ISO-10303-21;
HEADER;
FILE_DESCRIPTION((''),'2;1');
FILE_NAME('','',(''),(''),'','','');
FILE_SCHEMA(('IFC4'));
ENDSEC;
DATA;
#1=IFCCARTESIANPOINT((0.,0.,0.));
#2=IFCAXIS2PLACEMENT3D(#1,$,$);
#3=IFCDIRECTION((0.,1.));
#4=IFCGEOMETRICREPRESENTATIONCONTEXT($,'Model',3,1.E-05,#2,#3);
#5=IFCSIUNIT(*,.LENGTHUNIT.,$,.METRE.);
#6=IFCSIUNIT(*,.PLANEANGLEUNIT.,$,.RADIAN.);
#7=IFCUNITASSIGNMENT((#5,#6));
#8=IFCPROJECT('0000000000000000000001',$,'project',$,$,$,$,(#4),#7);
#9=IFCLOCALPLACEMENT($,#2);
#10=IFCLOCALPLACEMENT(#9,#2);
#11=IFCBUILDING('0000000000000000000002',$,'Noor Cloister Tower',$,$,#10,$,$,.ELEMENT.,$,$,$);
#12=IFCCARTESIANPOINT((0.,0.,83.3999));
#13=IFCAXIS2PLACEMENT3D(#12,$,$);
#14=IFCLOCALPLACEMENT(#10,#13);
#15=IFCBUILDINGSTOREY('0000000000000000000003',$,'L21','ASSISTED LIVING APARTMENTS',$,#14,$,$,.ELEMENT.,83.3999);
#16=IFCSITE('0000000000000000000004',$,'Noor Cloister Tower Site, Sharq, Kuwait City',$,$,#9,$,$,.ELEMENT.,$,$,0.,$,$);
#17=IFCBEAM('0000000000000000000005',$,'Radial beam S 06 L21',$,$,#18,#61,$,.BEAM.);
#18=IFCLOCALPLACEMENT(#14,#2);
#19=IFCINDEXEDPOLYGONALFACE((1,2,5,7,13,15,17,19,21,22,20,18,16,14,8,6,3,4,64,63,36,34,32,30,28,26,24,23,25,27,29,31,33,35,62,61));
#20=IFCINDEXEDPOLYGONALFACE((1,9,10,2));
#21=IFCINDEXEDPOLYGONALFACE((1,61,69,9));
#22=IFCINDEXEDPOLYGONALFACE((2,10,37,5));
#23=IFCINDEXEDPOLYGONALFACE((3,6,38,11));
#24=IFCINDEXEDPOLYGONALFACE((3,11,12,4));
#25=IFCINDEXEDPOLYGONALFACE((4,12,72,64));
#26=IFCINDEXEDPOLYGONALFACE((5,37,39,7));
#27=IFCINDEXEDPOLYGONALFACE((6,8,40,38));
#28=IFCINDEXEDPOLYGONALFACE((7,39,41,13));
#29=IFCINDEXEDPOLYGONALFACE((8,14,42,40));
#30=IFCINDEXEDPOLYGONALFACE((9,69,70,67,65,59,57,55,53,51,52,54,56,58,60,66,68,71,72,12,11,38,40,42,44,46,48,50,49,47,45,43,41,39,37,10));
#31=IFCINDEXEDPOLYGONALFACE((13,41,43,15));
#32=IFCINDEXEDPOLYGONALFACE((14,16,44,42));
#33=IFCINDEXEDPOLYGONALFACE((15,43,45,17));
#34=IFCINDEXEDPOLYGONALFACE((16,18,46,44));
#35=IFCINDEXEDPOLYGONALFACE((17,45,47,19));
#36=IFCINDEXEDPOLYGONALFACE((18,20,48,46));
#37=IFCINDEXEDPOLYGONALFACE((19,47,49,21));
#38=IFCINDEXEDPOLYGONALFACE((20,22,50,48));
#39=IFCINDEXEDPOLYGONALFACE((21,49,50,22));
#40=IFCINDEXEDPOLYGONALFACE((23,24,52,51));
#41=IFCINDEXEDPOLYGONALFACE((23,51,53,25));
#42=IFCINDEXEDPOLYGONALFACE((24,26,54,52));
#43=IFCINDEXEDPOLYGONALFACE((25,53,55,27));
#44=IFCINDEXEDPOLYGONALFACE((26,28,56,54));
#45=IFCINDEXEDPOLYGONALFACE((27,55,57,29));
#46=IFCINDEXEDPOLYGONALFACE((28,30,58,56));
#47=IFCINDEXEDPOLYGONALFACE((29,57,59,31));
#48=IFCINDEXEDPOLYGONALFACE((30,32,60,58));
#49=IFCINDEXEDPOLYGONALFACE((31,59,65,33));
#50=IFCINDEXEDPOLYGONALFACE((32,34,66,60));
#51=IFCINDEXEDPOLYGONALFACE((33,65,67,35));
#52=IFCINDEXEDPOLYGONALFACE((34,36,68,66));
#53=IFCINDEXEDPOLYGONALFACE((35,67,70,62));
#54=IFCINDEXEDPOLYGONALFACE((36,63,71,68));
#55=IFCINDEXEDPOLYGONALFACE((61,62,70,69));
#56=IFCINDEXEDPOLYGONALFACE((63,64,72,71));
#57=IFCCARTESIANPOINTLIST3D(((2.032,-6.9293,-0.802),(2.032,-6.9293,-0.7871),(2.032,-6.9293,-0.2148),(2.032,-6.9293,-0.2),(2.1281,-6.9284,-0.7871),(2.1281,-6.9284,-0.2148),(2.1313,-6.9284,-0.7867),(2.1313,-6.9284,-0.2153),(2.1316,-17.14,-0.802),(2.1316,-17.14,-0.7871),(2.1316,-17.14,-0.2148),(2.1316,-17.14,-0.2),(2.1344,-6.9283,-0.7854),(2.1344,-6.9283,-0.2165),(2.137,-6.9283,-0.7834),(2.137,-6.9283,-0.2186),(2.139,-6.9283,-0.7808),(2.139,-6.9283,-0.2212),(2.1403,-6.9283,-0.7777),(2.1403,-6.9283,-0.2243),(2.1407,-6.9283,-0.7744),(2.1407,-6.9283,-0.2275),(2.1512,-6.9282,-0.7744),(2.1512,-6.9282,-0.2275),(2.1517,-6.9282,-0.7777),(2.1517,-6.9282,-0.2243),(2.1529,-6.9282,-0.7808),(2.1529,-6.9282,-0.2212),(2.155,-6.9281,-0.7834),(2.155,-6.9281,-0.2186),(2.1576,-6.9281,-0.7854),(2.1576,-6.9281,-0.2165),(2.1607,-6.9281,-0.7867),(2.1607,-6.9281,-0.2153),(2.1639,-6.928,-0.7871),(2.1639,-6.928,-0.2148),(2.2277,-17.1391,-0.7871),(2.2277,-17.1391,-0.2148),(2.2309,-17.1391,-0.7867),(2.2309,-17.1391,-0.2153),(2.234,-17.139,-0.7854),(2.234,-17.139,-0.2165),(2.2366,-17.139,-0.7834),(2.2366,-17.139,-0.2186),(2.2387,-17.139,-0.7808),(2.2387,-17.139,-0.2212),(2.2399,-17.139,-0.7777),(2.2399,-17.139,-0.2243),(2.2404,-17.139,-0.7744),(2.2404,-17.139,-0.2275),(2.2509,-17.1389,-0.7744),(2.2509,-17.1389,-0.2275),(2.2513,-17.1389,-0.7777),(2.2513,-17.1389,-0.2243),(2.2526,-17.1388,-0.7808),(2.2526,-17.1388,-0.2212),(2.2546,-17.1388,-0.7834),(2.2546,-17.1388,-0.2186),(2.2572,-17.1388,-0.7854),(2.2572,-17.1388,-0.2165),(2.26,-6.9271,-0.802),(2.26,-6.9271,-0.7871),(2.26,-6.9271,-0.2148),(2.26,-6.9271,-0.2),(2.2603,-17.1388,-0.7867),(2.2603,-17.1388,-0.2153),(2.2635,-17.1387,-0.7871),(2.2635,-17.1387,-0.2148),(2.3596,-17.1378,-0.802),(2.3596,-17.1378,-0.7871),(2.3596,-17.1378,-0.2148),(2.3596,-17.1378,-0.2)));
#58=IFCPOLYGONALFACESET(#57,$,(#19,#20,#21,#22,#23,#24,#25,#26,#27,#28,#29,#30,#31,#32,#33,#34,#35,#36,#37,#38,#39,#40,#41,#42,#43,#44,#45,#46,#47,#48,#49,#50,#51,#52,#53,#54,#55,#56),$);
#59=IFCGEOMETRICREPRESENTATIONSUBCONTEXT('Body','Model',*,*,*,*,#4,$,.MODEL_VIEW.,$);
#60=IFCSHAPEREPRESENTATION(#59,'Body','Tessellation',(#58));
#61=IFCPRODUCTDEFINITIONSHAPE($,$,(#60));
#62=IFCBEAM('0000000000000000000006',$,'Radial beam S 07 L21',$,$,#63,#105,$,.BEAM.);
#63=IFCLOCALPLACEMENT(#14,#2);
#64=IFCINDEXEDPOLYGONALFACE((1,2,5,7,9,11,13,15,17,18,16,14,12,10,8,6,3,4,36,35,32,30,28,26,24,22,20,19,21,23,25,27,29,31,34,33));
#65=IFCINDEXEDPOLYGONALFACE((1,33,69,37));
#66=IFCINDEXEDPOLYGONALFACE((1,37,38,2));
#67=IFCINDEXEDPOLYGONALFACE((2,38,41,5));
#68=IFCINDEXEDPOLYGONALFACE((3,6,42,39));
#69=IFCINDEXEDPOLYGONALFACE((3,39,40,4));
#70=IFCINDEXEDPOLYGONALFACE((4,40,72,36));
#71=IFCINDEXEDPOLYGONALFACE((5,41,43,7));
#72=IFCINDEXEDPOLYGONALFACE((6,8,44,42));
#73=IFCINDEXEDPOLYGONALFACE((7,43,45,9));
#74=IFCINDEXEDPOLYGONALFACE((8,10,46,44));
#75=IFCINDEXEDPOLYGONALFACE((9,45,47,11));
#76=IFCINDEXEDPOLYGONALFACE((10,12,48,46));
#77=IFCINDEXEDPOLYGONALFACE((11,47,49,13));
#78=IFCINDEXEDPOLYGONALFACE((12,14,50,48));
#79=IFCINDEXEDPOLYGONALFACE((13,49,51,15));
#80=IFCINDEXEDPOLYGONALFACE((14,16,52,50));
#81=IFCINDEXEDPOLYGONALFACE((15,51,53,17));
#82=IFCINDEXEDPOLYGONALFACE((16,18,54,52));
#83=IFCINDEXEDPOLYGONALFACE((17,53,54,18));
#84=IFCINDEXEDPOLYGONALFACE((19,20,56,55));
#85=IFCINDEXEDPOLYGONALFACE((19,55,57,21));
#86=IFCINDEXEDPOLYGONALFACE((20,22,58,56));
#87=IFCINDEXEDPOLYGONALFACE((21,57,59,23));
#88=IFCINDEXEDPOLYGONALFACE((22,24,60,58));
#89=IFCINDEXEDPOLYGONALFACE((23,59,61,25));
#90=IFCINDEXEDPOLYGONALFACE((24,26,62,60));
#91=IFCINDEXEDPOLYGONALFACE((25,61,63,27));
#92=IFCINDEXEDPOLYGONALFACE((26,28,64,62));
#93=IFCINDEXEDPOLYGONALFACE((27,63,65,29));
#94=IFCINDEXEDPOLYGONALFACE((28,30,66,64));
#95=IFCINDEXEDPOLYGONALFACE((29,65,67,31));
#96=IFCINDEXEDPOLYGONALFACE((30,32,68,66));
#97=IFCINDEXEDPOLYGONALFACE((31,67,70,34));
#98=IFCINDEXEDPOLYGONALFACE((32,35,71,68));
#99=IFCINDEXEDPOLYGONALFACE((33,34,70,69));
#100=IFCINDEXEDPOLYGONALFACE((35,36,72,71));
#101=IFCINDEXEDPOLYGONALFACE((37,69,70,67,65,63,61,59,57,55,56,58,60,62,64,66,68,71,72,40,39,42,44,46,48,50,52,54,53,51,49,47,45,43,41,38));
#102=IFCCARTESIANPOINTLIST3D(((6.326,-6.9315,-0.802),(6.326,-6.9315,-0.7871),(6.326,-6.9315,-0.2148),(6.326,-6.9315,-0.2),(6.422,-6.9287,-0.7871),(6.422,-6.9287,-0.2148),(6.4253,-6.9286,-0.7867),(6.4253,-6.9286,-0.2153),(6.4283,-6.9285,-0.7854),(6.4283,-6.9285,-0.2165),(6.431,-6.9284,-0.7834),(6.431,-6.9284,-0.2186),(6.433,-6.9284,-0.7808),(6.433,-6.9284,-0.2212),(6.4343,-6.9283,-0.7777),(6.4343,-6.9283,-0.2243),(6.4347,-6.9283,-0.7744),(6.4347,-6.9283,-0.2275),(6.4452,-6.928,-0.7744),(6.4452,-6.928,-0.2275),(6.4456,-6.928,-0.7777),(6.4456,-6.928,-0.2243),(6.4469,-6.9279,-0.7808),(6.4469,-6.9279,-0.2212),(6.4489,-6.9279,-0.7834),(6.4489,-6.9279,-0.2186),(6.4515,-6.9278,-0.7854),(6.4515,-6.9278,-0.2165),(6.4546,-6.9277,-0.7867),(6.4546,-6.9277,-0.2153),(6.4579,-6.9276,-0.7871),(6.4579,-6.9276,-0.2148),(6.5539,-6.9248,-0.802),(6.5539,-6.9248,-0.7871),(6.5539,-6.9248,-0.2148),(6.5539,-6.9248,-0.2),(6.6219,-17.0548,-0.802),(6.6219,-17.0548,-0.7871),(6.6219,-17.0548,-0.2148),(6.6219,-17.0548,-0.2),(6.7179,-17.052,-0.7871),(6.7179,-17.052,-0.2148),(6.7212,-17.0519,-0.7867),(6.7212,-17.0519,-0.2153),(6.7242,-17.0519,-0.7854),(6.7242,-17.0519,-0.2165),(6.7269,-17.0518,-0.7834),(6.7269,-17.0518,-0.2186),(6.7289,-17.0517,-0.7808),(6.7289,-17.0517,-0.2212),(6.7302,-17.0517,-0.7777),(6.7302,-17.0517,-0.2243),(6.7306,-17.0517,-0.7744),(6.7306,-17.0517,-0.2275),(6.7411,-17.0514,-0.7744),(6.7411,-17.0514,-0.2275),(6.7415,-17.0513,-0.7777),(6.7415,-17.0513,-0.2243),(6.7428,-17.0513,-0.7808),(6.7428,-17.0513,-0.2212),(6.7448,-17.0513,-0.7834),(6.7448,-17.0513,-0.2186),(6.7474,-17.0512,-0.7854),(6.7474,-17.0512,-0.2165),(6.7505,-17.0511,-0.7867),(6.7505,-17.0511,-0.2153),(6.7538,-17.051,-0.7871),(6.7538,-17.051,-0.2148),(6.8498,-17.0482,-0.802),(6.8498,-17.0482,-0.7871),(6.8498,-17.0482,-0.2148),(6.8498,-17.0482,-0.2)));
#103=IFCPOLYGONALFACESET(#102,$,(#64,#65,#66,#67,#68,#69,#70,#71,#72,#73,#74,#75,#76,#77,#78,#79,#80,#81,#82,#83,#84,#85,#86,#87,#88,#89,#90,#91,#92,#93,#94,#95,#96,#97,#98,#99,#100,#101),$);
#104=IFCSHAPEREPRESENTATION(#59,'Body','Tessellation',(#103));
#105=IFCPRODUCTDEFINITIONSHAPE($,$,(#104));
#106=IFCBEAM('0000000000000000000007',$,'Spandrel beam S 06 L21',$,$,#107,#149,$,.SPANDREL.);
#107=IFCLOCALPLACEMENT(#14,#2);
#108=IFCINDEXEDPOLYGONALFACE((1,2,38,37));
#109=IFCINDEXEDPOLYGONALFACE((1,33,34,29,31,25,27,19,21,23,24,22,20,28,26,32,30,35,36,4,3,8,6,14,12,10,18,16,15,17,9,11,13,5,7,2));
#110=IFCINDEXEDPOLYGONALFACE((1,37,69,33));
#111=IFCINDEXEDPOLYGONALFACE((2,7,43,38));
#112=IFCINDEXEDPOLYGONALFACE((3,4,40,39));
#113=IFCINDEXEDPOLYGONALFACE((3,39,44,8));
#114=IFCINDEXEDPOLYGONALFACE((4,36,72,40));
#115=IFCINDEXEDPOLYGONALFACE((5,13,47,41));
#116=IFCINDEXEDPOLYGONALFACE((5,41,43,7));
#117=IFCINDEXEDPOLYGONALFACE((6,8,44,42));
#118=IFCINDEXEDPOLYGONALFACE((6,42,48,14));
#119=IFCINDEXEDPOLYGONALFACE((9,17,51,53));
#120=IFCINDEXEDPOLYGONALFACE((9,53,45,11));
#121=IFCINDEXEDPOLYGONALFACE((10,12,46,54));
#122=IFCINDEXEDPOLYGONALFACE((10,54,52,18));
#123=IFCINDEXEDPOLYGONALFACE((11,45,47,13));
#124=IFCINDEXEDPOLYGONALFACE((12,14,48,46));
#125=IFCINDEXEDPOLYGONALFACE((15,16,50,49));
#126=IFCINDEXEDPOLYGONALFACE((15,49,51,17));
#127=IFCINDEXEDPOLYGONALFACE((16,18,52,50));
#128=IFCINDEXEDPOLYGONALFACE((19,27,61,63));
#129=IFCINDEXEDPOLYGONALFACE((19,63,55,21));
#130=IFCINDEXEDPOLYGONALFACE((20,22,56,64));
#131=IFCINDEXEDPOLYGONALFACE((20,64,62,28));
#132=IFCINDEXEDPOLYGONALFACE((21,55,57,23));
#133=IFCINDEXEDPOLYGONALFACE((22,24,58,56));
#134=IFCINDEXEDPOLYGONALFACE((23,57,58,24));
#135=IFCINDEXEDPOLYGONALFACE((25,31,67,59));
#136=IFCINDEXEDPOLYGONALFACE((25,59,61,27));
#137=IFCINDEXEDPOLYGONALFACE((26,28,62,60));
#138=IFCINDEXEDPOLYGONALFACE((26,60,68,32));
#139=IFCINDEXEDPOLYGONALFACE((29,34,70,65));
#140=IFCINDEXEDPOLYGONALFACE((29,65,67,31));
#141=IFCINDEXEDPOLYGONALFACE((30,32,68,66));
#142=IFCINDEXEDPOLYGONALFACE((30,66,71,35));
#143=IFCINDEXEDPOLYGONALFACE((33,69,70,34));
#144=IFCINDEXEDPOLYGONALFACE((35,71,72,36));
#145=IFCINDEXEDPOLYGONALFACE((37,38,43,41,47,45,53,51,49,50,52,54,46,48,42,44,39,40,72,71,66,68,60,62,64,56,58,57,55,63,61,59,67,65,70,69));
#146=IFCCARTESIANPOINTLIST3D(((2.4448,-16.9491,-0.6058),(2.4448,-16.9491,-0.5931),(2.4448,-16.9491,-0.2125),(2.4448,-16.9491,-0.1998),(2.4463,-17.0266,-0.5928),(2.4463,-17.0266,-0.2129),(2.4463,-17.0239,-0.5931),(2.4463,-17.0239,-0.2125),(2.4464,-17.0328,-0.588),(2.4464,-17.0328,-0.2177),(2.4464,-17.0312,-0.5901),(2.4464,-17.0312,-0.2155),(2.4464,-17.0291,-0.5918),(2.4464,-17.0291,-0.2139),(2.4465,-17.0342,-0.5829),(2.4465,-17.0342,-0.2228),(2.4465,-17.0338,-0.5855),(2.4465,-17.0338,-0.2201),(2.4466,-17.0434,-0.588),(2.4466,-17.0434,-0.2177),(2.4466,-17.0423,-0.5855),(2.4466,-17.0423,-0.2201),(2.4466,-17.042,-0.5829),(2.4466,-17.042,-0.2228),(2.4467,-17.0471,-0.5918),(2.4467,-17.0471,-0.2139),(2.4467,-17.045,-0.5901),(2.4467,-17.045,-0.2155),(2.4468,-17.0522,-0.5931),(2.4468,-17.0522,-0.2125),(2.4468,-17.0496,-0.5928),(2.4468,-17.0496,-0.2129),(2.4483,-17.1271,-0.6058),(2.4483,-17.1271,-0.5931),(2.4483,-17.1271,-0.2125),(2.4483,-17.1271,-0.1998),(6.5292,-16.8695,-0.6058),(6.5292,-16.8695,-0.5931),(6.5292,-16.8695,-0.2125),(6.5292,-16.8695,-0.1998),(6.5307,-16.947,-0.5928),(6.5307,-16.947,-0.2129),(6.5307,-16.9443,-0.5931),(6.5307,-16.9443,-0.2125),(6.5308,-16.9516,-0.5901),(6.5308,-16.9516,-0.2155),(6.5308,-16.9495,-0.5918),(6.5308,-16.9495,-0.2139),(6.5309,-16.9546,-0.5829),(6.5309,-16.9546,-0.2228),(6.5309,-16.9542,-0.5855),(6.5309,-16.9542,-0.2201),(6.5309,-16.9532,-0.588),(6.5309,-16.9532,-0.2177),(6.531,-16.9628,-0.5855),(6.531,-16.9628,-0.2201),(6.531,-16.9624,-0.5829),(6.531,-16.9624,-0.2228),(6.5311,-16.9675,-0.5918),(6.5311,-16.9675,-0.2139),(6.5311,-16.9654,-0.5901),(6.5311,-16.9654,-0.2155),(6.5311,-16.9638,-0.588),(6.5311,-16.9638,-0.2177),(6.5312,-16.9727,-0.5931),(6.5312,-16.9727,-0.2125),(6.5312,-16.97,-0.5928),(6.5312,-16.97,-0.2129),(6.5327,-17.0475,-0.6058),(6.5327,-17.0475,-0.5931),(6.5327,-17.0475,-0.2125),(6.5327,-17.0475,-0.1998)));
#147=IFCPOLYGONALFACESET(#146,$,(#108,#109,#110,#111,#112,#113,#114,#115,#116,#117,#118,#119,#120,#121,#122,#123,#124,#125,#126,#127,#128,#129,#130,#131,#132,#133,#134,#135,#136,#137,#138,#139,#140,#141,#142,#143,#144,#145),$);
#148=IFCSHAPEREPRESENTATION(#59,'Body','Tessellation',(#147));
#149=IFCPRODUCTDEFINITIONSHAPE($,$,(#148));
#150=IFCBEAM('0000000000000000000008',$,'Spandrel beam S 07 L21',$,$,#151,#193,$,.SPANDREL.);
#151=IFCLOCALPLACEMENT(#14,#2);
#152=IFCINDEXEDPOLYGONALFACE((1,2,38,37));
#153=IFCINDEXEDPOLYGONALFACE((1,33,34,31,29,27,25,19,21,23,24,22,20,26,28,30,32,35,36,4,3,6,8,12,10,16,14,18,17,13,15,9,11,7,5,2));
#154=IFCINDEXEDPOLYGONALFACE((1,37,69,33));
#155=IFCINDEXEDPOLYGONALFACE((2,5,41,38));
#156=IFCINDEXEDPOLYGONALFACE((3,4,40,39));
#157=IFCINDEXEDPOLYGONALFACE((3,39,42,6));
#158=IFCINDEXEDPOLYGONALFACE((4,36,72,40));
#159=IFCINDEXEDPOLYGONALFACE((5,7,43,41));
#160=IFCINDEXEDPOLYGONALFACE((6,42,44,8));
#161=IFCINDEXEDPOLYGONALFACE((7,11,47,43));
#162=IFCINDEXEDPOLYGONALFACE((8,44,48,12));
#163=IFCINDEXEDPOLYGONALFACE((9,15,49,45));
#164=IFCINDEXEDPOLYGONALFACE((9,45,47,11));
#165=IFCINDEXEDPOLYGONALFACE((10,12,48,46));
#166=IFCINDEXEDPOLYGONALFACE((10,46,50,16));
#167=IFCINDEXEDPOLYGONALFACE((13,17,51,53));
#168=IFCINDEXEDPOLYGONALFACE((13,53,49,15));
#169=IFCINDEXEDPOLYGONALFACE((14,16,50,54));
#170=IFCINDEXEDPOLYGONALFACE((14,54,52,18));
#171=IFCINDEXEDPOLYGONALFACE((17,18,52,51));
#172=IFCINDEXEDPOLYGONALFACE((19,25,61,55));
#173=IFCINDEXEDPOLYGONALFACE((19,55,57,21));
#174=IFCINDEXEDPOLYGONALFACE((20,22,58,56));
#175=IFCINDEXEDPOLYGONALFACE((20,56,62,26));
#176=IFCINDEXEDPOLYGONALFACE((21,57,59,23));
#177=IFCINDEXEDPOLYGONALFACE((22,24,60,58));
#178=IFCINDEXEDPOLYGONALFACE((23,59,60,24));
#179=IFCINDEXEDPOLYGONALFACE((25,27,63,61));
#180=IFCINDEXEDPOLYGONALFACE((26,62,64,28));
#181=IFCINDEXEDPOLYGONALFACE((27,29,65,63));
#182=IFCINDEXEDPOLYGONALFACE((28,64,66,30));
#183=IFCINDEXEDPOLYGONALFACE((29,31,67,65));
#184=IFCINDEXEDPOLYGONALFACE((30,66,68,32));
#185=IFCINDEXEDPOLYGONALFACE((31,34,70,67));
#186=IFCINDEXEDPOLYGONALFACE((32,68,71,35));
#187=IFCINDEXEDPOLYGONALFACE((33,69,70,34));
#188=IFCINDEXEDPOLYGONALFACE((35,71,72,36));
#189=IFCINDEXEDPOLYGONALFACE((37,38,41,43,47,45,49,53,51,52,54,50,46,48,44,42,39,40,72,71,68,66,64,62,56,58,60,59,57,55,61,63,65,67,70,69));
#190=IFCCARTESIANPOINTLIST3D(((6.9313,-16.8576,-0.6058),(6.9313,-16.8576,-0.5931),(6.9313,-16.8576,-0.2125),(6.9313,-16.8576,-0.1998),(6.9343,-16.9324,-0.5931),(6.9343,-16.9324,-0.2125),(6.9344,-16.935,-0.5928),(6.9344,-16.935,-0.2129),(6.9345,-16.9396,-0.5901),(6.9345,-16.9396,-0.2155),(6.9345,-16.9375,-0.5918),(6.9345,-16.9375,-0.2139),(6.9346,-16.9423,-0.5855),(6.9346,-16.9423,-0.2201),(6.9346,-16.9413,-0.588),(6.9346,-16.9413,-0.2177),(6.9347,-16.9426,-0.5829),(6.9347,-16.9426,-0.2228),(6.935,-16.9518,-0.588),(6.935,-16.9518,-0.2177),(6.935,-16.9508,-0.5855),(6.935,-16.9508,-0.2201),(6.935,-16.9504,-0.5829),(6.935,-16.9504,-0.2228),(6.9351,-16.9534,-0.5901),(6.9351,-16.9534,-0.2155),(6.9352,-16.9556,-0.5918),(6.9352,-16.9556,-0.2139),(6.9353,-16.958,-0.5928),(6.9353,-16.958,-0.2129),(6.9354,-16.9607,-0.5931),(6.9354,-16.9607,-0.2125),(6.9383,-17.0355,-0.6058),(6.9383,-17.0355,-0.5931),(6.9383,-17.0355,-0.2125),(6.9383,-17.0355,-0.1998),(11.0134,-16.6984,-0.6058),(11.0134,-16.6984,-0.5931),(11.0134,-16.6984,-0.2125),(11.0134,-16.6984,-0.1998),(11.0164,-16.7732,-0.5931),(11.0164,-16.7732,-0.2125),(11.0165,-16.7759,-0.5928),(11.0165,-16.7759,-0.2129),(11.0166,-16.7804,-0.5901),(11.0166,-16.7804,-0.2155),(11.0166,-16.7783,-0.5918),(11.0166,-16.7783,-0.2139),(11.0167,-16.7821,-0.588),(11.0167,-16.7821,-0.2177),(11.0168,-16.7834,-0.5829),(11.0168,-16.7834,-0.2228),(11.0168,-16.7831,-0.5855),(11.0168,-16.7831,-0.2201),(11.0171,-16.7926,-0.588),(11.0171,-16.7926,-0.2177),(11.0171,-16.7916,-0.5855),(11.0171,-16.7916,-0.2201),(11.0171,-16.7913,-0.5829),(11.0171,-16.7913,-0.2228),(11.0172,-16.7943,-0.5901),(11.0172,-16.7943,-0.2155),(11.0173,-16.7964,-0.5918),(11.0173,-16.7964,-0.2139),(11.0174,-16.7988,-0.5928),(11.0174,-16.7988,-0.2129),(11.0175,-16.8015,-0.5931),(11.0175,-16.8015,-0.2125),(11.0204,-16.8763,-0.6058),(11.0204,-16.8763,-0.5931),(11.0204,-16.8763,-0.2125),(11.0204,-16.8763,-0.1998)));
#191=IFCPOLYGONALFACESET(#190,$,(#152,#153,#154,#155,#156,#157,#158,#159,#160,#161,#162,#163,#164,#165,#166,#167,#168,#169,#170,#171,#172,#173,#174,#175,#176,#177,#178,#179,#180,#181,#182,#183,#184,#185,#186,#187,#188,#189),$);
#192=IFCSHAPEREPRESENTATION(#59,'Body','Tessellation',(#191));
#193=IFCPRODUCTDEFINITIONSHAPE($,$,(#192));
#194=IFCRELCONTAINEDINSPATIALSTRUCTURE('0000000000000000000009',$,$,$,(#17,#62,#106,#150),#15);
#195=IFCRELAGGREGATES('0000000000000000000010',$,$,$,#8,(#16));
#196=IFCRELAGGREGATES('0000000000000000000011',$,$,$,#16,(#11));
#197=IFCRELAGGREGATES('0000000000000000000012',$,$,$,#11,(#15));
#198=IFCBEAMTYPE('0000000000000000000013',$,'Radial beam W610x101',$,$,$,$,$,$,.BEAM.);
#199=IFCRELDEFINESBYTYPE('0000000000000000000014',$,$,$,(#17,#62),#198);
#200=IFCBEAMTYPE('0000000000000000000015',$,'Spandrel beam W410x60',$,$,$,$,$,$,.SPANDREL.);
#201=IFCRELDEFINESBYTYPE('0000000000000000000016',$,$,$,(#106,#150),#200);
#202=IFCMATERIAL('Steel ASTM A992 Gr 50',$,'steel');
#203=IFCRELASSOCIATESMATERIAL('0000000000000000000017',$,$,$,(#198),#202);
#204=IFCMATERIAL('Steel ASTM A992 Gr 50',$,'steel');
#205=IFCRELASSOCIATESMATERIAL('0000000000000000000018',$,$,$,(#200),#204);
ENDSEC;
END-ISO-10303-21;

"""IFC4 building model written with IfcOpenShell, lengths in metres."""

from ifc_helpers import new_model, si_unit, direction, frame, origin, origin_2d, place, context, subcontext, project, spatial, i_section, extrude, material, material_profile, profile_set, type_object, element, save


model = new_model("IFC4")

# Units and contexts
model_context = context("Model", 3, precision=1e-05, world=origin(), true_north=direction((0.0, 1.0)))
body_context = subcontext(model_context, "Body", "Model", "MODEL_VIEW")
ifc_project = project(units=[si_unit("LENGTHUNIT", "METRE"), si_unit("PLANEANGLEUNIT", "RADIAN")], contexts=[model_context])

# Site, building, storey
site_placement = place(None, origin())
site = spatial("IfcSite", under=ifc_project, at=site_placement, Name="Noor Cloister Tower Site, Sharq, Kuwait City", CompositionType="ELEMENT", RefElevation=0.0)
building_placement = place(site_placement, origin())
building = spatial("IfcBuilding", under=site, at=building_placement, Name="Noor Cloister Tower", CompositionType="ELEMENT")
storey_placement = place(building_placement, frame((0.0, 0.0, 83.3999)))
storey = spatial("IfcBuildingStorey", under=building, at=storey_placement, Name="L21", Description="ASSISTED LIVING APARTMENTS", CompositionType="ELEMENT", Elevation=83.3999)

# Beams
ifc_material_1 = material(Name="Steel ASTM A992 Gr 50", Category="steel")
ifc_material_profile_1 = material_profile(ifc_material_1, i_section(OverallWidth=0.228, OverallDepth=0.6021, WebThickness=0.0105, FlangeThickness=0.0149, FilletRadius=0.0127, at=origin_2d()), Name="W610x101")
ifc_profile_set_1 = profile_set([ifc_material_profile_1], Name="Steel ASTM A992 Gr 50")
beam_type_1 = type_object("IfcBeamType", Name="Radial beam W610x101", PredefinedType="BEAM", material=ifc_profile_set_1)
beam_1_placement = place(storey_placement, frame((2.2456, -17.1389, -0.501), z_axis=(-0.009755, 0.999952, 0.0), x_axis=(-0.999952, -0.009755, 0.0)))
element("IfcBeam", 1, at=beam_1_placement, inside=storey, type_object=beam_type_1, Name="Radial beam S 06 L21", PredefinedType="BEAM", context=body_context, shape_type="SweptSolid", body=[
    extrude(i_section(OverallWidth=0.228, OverallDepth=0.6021, WebThickness=0.0105, FlangeThickness=0.0149, FilletRadius=0.0127, at=origin_2d()), origin(), (0.0, 0.0, 1.0), 10.2112),
])
beam_2_placement = place(storey_placement, frame((6.7358, -17.0515, -0.501), z_axis=(-0.029217, 0.999573, 0.0), x_axis=(-0.999573, -0.029217, 0.0)))
element("IfcBeam", 2, at=beam_2_placement, inside=storey, type_object=beam_type_1, Name="Radial beam S 07 L21", PredefinedType="BEAM", context=body_context, shape_type="SweptSolid", body=[
    extrude(i_section(OverallWidth=0.228, OverallDepth=0.6021, WebThickness=0.0105, FlangeThickness=0.0149, FilletRadius=0.0127, at=origin_2d()), origin(), (0.0, 0.0, 1.0), 10.1277),
])
ifc_material_2 = material(Name="Steel ASTM A992 Gr 50", Category="steel")
ifc_material_profile_2 = material_profile(ifc_material_2, i_section(OverallWidth=0.178, OverallDepth=0.406, WebThickness=0.0078, FlangeThickness=0.0127, FilletRadius=0.0103, at=origin_2d()), Name="W410x60")
ifc_profile_set_2 = profile_set([ifc_material_profile_2], Name="Steel ASTM A992 Gr 50")
beam_type_2 = type_object("IfcBeamType", Name="Spandrel beam W410x60", PredefinedType="SPANDREL", material=ifc_profile_set_2)
for number, where, z_axis, x_axis, name in (
    (3, (2.4465, -17.0381, -0.4028), (0.99981, 0.019482, 0.0), (-0.019482, 0.99981, 0.0), "Spandrel beam S 06 L21"),
    (4, (6.9348, -16.9465, -0.4028), (0.999241, 0.038966, 0.0), (-0.038966, 0.999241, 0.0), "Spandrel beam S 07 L21"),
):
    element("IfcBeam", number, at=place(storey_placement, frame(where, z_axis=z_axis, x_axis=x_axis)), inside=storey, type_object=beam_type_2, Name=name, PredefinedType="SPANDREL", context=body_context, shape_type="SweptSolid", body=[
        extrude(i_section(OverallWidth=0.178, OverallDepth=0.406, WebThickness=0.0078, FlangeThickness=0.0127, FilletRadius=0.0103, at=origin_2d()), origin(), (0.0, 0.0, 1.0), 4.0852),
    ])

save(model, "model.ifc")
